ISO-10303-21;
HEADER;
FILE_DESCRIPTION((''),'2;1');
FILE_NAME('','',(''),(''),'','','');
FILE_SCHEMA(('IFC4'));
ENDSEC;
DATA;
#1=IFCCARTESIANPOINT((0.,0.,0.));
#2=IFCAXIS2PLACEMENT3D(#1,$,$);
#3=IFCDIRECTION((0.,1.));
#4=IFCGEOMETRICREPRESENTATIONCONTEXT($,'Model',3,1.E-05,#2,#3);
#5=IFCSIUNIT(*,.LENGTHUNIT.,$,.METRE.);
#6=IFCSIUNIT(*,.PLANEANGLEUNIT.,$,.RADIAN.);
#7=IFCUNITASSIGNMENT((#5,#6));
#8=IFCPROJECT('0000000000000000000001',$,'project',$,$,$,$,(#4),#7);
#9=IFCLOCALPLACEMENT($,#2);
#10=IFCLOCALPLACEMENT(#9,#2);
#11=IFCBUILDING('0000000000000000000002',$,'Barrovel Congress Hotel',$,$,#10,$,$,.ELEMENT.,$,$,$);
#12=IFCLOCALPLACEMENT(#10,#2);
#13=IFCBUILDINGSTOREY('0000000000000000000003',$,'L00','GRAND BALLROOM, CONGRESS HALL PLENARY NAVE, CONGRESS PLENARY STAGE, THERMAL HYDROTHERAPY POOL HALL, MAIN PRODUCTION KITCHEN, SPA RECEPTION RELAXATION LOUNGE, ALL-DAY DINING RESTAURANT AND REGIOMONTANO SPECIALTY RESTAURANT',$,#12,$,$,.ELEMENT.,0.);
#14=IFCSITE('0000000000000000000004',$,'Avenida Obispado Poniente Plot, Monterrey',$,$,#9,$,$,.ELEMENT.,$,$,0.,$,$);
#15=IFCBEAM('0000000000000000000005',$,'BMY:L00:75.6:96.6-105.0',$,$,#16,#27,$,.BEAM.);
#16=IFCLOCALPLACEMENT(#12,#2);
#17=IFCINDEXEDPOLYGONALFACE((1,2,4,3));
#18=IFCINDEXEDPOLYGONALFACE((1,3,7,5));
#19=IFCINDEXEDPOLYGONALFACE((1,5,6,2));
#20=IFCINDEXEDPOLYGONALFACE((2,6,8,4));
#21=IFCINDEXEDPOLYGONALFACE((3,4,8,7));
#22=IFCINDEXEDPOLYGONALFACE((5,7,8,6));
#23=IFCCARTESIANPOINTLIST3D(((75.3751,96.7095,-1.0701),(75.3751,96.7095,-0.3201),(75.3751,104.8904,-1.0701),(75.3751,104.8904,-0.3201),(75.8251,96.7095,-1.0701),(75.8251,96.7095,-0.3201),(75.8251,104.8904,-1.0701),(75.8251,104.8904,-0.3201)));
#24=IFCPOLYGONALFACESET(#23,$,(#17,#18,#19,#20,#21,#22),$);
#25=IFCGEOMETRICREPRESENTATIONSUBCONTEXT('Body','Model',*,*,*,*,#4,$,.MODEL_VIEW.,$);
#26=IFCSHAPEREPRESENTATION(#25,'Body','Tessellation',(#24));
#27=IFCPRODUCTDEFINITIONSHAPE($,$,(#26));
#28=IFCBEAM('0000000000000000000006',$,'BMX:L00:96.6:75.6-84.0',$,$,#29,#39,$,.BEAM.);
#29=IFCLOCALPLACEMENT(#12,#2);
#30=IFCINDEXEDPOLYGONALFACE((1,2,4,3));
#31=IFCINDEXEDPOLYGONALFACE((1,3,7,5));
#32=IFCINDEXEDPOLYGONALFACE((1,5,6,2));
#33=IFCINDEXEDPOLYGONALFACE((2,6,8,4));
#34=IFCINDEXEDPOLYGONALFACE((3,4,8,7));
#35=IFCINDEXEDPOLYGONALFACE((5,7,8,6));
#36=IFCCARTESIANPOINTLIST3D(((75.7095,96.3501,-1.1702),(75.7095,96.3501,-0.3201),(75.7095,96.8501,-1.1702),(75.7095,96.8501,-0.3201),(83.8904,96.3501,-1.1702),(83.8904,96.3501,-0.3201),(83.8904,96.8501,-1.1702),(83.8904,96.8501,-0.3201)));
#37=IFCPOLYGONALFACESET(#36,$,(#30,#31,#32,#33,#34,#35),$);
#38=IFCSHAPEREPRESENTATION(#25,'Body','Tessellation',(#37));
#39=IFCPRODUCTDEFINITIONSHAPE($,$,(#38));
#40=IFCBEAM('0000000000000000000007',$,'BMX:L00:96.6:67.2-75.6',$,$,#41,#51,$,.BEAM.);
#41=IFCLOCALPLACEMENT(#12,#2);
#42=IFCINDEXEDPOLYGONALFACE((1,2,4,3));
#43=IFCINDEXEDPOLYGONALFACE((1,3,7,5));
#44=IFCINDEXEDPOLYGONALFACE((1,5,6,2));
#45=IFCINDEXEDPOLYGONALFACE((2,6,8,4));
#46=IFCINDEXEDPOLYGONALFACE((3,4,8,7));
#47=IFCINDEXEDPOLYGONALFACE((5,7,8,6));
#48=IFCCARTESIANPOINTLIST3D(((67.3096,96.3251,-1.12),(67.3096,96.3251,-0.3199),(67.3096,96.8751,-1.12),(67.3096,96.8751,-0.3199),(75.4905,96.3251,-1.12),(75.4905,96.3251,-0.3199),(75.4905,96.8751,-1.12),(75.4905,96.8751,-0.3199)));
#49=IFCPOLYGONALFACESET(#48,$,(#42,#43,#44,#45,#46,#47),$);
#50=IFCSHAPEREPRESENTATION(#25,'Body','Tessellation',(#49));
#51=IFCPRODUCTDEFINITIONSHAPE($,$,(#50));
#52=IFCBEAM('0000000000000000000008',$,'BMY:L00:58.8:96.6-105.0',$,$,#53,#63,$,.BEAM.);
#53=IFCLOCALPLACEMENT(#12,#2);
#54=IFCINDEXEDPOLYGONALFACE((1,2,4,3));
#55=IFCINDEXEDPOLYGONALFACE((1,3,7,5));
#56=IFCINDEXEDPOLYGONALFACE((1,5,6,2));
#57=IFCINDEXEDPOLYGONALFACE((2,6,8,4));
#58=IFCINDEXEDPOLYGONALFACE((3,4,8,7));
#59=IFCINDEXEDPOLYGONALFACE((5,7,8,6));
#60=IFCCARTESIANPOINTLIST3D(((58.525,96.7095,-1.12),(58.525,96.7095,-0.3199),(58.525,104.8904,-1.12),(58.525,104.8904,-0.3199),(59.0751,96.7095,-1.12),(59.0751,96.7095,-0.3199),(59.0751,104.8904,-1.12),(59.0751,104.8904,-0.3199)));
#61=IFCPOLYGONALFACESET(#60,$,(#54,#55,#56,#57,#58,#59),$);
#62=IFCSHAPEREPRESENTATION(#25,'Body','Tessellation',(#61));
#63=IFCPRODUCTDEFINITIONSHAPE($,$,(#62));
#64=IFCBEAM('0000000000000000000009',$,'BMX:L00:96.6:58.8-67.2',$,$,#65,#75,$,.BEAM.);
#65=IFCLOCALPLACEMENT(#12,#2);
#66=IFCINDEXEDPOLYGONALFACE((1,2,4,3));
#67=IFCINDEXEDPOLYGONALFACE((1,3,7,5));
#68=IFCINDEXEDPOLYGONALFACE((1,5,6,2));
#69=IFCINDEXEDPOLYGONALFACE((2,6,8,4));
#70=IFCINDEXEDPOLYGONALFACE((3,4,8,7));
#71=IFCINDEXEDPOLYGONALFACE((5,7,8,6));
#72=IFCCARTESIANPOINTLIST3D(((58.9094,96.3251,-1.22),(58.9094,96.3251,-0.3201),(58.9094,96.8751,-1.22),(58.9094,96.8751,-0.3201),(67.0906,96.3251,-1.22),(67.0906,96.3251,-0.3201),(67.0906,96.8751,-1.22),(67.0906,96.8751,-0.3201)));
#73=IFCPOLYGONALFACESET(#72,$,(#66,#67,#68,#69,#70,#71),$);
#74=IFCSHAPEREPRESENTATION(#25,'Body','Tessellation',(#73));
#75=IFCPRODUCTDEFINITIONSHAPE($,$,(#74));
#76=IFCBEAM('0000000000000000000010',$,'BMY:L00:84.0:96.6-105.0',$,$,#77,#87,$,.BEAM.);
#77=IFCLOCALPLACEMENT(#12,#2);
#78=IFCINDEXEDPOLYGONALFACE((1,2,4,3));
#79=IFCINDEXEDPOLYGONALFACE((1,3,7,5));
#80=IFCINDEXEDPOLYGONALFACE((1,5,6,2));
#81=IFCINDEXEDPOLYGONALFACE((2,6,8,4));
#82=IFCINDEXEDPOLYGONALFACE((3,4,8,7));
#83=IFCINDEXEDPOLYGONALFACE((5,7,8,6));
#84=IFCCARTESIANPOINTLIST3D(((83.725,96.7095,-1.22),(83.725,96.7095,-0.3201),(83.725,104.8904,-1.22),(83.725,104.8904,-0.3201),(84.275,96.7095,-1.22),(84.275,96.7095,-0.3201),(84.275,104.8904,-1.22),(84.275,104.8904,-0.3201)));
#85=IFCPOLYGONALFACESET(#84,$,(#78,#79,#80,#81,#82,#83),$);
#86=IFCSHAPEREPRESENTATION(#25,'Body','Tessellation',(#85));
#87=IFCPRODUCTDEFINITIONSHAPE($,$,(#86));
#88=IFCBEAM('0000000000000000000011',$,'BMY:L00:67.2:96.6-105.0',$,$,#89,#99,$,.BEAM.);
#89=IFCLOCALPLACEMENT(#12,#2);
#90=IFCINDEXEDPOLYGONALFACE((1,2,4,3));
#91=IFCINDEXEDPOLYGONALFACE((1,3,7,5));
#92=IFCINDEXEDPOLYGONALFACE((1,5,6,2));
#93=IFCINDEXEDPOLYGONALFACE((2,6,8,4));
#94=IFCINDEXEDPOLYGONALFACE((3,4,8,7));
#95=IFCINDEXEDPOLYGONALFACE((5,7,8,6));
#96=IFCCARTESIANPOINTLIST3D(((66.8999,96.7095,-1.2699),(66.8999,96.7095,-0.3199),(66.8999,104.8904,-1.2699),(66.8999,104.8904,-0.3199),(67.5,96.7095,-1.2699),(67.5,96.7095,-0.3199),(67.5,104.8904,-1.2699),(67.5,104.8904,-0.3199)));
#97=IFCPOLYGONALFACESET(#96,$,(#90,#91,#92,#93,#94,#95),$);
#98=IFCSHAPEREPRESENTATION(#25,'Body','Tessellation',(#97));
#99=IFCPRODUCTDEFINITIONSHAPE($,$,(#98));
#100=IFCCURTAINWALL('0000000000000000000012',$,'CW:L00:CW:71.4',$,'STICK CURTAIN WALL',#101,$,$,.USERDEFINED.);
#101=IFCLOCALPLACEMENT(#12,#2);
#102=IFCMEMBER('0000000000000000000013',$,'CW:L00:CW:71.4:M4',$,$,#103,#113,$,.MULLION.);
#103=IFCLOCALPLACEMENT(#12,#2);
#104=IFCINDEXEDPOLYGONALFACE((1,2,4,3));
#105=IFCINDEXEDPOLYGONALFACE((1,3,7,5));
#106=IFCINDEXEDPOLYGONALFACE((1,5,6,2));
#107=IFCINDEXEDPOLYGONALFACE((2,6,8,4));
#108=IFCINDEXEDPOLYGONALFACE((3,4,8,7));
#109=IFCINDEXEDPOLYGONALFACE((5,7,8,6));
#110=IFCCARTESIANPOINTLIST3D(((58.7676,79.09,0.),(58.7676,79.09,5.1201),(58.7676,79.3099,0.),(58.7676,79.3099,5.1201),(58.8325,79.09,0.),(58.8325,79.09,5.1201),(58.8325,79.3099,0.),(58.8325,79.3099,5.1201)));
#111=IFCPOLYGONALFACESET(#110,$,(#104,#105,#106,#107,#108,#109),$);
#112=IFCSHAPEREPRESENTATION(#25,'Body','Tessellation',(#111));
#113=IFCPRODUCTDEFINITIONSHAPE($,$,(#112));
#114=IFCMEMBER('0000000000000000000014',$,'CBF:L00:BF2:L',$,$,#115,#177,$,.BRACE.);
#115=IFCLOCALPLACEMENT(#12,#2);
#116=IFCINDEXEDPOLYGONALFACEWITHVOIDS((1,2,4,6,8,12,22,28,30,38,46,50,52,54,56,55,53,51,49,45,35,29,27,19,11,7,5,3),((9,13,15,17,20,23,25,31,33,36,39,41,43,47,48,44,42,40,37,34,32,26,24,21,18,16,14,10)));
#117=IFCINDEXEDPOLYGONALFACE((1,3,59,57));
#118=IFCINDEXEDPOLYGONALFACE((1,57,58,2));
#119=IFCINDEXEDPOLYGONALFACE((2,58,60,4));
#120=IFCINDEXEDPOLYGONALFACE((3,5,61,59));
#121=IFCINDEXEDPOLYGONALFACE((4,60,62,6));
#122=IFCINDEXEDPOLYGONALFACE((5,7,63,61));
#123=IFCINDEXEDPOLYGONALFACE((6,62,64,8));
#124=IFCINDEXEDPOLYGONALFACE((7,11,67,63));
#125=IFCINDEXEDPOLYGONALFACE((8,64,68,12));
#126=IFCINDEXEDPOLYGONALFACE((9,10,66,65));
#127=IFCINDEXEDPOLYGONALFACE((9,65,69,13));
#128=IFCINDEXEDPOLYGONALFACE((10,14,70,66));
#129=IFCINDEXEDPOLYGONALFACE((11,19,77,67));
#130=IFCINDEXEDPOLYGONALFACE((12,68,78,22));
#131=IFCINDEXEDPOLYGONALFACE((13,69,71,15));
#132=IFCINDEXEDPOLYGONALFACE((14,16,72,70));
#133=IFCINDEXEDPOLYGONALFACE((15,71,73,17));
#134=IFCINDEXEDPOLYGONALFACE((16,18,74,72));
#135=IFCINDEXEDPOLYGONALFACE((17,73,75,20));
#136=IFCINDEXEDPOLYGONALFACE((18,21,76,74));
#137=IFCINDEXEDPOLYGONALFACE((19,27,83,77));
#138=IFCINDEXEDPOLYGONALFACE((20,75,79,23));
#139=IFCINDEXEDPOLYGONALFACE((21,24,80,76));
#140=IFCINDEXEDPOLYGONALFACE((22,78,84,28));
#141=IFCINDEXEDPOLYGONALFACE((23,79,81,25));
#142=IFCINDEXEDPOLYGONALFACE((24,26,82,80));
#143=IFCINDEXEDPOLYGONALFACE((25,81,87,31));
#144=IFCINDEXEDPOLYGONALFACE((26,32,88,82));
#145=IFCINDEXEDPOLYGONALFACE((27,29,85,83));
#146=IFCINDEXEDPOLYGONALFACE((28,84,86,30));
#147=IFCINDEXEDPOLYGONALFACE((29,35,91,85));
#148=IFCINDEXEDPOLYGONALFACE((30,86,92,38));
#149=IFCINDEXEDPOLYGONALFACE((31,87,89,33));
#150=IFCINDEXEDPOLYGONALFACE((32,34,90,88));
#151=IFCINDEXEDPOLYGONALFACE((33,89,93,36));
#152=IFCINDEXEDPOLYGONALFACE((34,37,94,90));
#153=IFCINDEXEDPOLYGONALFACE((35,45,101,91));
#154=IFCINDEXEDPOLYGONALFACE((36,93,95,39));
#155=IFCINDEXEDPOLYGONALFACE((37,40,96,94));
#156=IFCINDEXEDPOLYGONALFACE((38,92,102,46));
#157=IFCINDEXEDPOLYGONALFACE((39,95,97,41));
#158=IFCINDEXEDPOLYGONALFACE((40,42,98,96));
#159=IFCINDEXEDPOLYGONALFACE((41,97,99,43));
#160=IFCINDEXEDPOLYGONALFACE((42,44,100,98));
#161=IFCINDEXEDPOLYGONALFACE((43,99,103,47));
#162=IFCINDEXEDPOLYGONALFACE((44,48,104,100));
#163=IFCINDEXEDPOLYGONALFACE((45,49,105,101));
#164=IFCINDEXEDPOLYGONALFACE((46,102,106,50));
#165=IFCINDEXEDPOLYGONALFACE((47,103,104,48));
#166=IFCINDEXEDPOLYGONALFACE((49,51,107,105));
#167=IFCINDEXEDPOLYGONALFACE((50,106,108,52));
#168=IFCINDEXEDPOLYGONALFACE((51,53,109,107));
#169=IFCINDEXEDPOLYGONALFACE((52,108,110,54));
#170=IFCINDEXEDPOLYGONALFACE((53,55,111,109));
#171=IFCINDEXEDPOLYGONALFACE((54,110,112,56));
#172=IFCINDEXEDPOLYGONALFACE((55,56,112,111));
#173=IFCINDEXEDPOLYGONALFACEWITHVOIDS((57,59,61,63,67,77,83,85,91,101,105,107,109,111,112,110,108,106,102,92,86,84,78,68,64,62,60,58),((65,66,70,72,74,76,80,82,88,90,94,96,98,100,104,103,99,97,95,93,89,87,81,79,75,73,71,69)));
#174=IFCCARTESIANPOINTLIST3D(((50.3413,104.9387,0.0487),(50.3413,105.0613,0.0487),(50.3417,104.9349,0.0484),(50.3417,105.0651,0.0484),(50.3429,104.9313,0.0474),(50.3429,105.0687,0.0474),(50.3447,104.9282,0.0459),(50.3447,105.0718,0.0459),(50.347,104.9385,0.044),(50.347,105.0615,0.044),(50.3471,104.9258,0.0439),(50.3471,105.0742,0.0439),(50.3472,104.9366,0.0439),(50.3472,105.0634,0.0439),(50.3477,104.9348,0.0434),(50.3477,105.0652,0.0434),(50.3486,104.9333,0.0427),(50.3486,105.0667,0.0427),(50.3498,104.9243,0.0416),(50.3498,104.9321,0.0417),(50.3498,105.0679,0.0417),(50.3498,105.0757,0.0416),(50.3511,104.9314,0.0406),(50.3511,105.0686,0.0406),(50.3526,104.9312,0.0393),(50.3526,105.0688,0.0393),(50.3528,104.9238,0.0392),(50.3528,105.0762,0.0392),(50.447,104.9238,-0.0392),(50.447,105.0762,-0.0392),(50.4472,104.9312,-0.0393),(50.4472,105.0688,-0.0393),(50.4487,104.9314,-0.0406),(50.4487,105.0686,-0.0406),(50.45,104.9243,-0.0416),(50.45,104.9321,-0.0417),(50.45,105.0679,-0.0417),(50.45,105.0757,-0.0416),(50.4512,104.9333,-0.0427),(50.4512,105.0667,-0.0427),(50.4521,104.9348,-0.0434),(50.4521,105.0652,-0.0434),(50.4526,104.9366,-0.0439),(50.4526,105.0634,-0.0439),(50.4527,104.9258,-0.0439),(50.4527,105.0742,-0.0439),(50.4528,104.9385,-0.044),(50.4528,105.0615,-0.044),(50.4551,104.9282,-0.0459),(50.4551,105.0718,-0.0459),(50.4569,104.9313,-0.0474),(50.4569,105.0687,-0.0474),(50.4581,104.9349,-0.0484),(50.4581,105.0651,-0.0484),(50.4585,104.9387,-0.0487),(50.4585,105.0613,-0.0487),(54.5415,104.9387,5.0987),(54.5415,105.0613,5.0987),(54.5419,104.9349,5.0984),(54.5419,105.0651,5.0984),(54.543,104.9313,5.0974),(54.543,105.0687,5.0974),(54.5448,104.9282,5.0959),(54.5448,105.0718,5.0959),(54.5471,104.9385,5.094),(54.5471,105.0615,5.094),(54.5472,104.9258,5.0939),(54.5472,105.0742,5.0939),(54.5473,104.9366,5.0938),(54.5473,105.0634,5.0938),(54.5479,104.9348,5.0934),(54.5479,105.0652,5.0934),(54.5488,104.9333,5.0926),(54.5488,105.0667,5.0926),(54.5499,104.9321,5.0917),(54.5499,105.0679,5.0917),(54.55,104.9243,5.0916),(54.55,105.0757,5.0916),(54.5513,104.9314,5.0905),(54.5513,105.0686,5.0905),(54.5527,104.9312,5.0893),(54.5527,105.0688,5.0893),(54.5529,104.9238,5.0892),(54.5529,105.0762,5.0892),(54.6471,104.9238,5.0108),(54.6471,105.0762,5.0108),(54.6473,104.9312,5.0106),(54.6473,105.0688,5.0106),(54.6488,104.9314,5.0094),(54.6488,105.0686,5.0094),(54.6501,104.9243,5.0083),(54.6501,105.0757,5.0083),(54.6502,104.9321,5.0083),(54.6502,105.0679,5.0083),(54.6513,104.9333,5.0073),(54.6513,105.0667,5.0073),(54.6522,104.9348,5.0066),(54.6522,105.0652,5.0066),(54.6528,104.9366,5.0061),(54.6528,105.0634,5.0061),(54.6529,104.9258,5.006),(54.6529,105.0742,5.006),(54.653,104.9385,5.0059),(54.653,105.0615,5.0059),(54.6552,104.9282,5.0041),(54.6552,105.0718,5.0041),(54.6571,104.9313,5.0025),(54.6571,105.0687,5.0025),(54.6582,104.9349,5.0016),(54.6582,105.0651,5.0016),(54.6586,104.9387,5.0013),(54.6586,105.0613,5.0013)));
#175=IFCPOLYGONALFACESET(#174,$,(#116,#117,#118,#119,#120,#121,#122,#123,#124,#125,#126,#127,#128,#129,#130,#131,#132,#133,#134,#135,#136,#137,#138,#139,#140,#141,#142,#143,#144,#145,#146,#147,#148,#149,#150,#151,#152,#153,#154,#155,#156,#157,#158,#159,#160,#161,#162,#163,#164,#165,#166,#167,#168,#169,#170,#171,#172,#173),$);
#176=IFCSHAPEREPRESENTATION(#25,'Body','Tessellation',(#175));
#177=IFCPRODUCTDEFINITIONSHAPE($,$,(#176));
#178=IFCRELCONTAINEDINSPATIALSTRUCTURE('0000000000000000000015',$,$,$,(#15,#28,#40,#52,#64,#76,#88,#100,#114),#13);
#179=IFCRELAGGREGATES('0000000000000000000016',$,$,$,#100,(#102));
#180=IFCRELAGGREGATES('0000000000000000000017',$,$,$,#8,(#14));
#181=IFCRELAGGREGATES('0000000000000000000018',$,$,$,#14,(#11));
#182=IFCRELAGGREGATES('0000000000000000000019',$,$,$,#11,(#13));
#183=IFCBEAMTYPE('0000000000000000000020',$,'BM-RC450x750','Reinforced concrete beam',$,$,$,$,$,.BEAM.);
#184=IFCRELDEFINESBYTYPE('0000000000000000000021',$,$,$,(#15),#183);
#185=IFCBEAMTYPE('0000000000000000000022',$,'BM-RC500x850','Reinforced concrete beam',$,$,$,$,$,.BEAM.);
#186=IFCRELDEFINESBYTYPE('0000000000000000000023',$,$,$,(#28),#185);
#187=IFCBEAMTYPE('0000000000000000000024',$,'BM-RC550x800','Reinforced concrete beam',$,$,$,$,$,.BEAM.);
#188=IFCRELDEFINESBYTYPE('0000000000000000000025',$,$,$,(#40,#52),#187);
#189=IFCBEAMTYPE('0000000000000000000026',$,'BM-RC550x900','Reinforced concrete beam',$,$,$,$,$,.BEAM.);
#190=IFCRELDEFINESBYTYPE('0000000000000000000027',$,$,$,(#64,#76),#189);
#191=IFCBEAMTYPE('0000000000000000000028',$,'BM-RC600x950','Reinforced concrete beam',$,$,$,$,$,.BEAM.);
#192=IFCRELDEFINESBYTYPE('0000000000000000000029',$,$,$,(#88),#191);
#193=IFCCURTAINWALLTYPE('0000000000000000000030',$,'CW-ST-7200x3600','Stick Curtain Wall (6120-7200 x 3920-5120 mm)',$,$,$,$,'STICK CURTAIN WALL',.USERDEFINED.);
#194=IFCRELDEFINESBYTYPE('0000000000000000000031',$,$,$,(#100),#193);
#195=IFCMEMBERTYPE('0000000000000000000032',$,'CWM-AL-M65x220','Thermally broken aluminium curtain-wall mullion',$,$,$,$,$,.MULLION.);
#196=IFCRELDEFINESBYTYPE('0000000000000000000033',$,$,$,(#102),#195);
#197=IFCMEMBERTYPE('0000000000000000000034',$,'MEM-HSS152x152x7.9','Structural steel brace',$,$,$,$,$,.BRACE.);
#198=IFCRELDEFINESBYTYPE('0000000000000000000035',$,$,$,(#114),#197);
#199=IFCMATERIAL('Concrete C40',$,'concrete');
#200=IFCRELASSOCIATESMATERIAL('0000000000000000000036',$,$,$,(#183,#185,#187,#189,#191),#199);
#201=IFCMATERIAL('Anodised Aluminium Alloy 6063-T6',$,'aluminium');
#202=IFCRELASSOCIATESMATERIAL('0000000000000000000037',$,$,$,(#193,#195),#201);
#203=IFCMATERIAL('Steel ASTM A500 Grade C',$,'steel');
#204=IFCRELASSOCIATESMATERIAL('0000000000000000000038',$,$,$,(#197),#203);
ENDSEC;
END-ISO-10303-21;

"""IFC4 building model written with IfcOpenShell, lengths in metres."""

from ifc_helpers import new_model, si_unit, direction, frame, origin, origin_2d, place, context, subcontext, project, spatial, rectangle, hollow_rectangle, extrude, material, material_profile, profile_set, type_object, element, aggregate, save


model = new_model("IFC4")

# Units and contexts
model_context = context("Model", 3, precision=1e-05, world=origin(), true_north=direction((0.0, 1.0)))
body_context = subcontext(model_context, "Body", "Model", "MODEL_VIEW")
ifc_project = project(units=[si_unit("LENGTHUNIT", "METRE"), si_unit("PLANEANGLEUNIT", "RADIAN")], contexts=[model_context])

# Site, building, storey
site_placement = place(None, origin())
site = spatial("IfcSite", under=ifc_project, at=site_placement, Name="Avenida Obispado Poniente Plot, Monterrey", CompositionType="ELEMENT", RefElevation=0.0)
building_placement = place(site_placement, origin())
building = spatial("IfcBuilding", under=site, at=building_placement, Name="Barrovel Congress Hotel", CompositionType="ELEMENT")
storey_placement = place(building_placement, origin())
storey = spatial("IfcBuildingStorey", under=building, at=storey_placement, Name="L00", Description="GRAND BALLROOM, CONGRESS HALL PLENARY NAVE, CONGRESS PLENARY STAGE, THERMAL HYDROTHERAPY POOL HALL, MAIN PRODUCTION KITCHEN, SPA RECEPTION RELAXATION LOUNGE, ALL-DAY DINING RESTAURANT AND REGIOMONTANO SPECIALTY RESTAURANT", CompositionType="ELEMENT", Elevation=0.0)

# Shared definitions
ifc_material_1 = material(Name="Concrete C40", Category="concrete")

# Shared definitions
ifc_material_2 = material(Name="Steel ASTM A500 Grade C", Category="steel")

# Beams
ifc_material_profile_1 = material_profile(ifc_material_1, rectangle(XDim=0.45, YDim=0.75, at=origin_2d()), Name="RC450x750")
ifc_profile_set_1 = profile_set([ifc_material_profile_1], Name="Concrete C40")
beam_type_1 = type_object("IfcBeamType", Name="BM-RC450x750", Description="Reinforced concrete beam", PredefinedType="BEAM", material=ifc_profile_set_1)
beam_1_placement = place(storey_placement, frame((75.6001, 96.7095, -0.6951), z_axis=(0.0, 1.0, 0.0), x_axis=(-1.0, 0.0, 0.0)))
element("IfcBeam", 1, at=beam_1_placement, inside=storey, type_object=beam_type_1, Name="BMY:L00:75.6:96.6-105.0", PredefinedType="BEAM", context=body_context, shape_type="SweptSolid", body=[
    extrude(rectangle(XDim=0.45, YDim=0.75, at=origin_2d()), origin(), (0.0, 0.0, 1.0), 8.1809),
])
ifc_material_profile_2 = material_profile(ifc_material_1, rectangle(XDim=0.5, YDim=0.8501, at=origin_2d()), Name="RC500x850")
ifc_profile_set_2 = profile_set([ifc_material_profile_2], Name="Concrete C40")
beam_type_2 = type_object("IfcBeamType", Name="BM-RC500x850", Description="Reinforced concrete beam", PredefinedType="BEAM", material=ifc_profile_set_2)
beam_2_placement = place(storey_placement, frame((75.7095, 96.6001, -0.7451), z_axis=(1.0, 0.0, 0.0), x_axis=(0.0, 1.0, 0.0)))
element("IfcBeam", 2, at=beam_2_placement, inside=storey, type_object=beam_type_2, Name="BMX:L00:96.6:75.6-84.0", PredefinedType="BEAM", context=body_context, shape_type="SweptSolid", body=[
    extrude(rectangle(XDim=0.5, YDim=0.8501, at=origin_2d()), origin(), (0.0, 0.0, 1.0), 8.1809),
])
ifc_material_profile_3 = material_profile(ifc_material_1, rectangle(XDim=0.55, YDim=0.8, at=origin_2d()), Name="RC550x800")
ifc_profile_set_3 = profile_set([ifc_material_profile_3], Name="Concrete C40")
beam_type_3 = type_object("IfcBeamType", Name="BM-RC550x800", Description="Reinforced concrete beam", PredefinedType="BEAM", material=ifc_profile_set_3)
for number, where, z_axis, x_axis, name in (
    (3, (67.3096, 96.6001, -0.72), (1.0, 0.0, 0.0), (0.0, 1.0, 0.0), "BMX:L00:96.6:67.2-75.6"),
    (4, (58.8, 96.7095, -0.72), (0.0, 1.0, 0.0), (-1.0, 0.0, 0.0), "BMY:L00:58.8:96.6-105.0"),
):
    element("IfcBeam", number, at=place(storey_placement, frame(where, z_axis=z_axis, x_axis=x_axis)), inside=storey, type_object=beam_type_3, Name=name, PredefinedType="BEAM", context=body_context, shape_type="SweptSolid", body=[
        extrude(rectangle(XDim=0.55, YDim=0.8, at=origin_2d()), origin(), (0.0, 0.0, 1.0), 8.1809),
    ])
ifc_material_profile_4 = material_profile(ifc_material_1, rectangle(XDim=0.55, YDim=0.8999, at=origin_2d()), Name="RC550x900")
ifc_profile_set_4 = profile_set([ifc_material_profile_4], Name="Concrete C40")
beam_type_4 = type_object("IfcBeamType", Name="BM-RC550x900", Description="Reinforced concrete beam", PredefinedType="BEAM", material=ifc_profile_set_4)
beam_3_placement = place(storey_placement, frame((58.9094, 96.6001, -0.77), z_axis=(1.0, 0.0, 0.0), x_axis=(0.0, 1.0, 0.0)))
element("IfcBeam", 5, at=beam_3_placement, inside=storey, type_object=beam_type_4, Name="BMX:L00:96.6:58.8-67.2", PredefinedType="BEAM", context=body_context, shape_type="SweptSolid", body=[
    extrude(rectangle(XDim=0.55, YDim=0.8999, at=origin_2d()), origin(), (0.0, 0.0, 1.0), 8.1812),
])
beam_4_placement = place(storey_placement, frame((84.0, 96.7095, -0.77), z_axis=(0.0, 1.0, 0.0), x_axis=(-1.0, 0.0, 0.0)))
element("IfcBeam", 6, at=beam_4_placement, inside=storey, type_object=beam_type_4, Name="BMY:L00:84.0:96.6-105.0", PredefinedType="BEAM", context=body_context, shape_type="SweptSolid", body=[
    extrude(rectangle(XDim=0.55, YDim=0.8999, at=origin_2d()), origin(), (0.0, 0.0, 1.0), 8.1809),
])
ifc_material_profile_5 = material_profile(ifc_material_1, rectangle(XDim=0.6001, YDim=0.95, at=origin_2d()), Name="RC600x950")
ifc_profile_set_5 = profile_set([ifc_material_profile_5], Name="Concrete C40")
beam_type_5 = type_object("IfcBeamType", Name="BM-RC600x950", Description="Reinforced concrete beam", PredefinedType="BEAM", material=ifc_profile_set_5)
beam_5_placement = place(storey_placement, frame((67.2, 96.7095, -0.7949), z_axis=(0.0, 1.0, 0.0), x_axis=(-1.0, 0.0, 0.0)))
element("IfcBeam", 7, at=beam_5_placement, inside=storey, type_object=beam_type_5, Name="BMY:L00:67.2:96.6-105.0", PredefinedType="BEAM", context=body_context, shape_type="SweptSolid", body=[
    extrude(rectangle(XDim=0.6001, YDim=0.95, at=origin_2d()), origin(), (0.0, 0.0, 1.0), 8.1809),
])

# Curtain wall, member
ifc_material_3 = material(Name="Anodised Aluminium Alloy 6063-T6", Category="aluminium")
curtain_wall_type = type_object("IfcCurtainWallType", Name="CW-ST-7200x3600", Description="Stick Curtain Wall (6120-7200 x 3920-5120 mm)", ElementType="STICK CURTAIN WALL", PredefinedType="USERDEFINED", material=ifc_material_3)
curtain_wall_placement = place(storey_placement, origin())
curtain_wall = element("IfcCurtainWall", 8, at=curtain_wall_placement, inside=storey, type_object=curtain_wall_type, Name="CW:L00:CW:71.4", ObjectType="STICK CURTAIN WALL", PredefinedType="USERDEFINED")
ifc_material_profile_6 = material_profile(ifc_material_3, rectangle(XDim=0.0649, YDim=0.22, at=origin_2d()), Name="AL-M65x220")
ifc_profile_set_6 = profile_set([ifc_material_profile_6], Name="Anodised Aluminium Alloy 6063-T6")
member_type_1 = type_object("IfcMemberType", Name="CWM-AL-M65x220", Description="Thermally broken aluminium curtain-wall mullion", PredefinedType="MULLION", material=ifc_profile_set_6)
member_1_placement = place(storey_placement, frame((58.8, 79.2, 0.0), z_axis=(0.0, 0.0, 1.0), x_axis=(1.0, 0.0, 0.0)))
member_1 = element("IfcMember", 9, at=member_1_placement, type_object=member_type_1, Name="CW:L00:CW:71.4:M4", PredefinedType="MULLION", context=body_context, shape_type="SweptSolid", body=[
    extrude(rectangle(XDim=0.0649, YDim=0.22, at=origin_2d()), origin(), (0.0, 0.0, 1.0), 5.1201),
])
aggregate(curtain_wall, [member_1])

# Member
ifc_material_profile_7 = material_profile(ifc_material_2, hollow_rectangle(XDim=0.1523, YDim=0.1523, WallThickness=0.0073, InnerFilletRadius=0.0073, OuterFilletRadius=0.0149, at=origin_2d()), Name="HSS152x152x7.9")
ifc_profile_set_7 = profile_set([ifc_material_profile_7], Name="Steel ASTM A500 Grade C")
member_type_2 = type_object("IfcMemberType", Name="MEM-HSS152x152x7.9", Description="Structural steel brace", PredefinedType="BRACE", material=ifc_profile_set_7)
member_2_placement = place(storey_placement, frame((50.3999, 105.0, 0.0), z_axis=(0.639449, 0.0, 0.768833), x_axis=(0.0, 1.0, 0.0)))
element("IfcMember", 10, at=member_2_placement, inside=storey, type_object=member_type_2, Name="CBF:L00:BF2:L", PredefinedType="BRACE", context=body_context, shape_type="SweptSolid", body=[
    extrude(hollow_rectangle(XDim=0.1523, YDim=0.1523, WallThickness=0.0073, InnerFilletRadius=0.0073, OuterFilletRadius=0.0149, at=origin_2d()), origin(), (0.0, 0.0, 1.0), 6.5684),
])

save(model, "model.ifc")
